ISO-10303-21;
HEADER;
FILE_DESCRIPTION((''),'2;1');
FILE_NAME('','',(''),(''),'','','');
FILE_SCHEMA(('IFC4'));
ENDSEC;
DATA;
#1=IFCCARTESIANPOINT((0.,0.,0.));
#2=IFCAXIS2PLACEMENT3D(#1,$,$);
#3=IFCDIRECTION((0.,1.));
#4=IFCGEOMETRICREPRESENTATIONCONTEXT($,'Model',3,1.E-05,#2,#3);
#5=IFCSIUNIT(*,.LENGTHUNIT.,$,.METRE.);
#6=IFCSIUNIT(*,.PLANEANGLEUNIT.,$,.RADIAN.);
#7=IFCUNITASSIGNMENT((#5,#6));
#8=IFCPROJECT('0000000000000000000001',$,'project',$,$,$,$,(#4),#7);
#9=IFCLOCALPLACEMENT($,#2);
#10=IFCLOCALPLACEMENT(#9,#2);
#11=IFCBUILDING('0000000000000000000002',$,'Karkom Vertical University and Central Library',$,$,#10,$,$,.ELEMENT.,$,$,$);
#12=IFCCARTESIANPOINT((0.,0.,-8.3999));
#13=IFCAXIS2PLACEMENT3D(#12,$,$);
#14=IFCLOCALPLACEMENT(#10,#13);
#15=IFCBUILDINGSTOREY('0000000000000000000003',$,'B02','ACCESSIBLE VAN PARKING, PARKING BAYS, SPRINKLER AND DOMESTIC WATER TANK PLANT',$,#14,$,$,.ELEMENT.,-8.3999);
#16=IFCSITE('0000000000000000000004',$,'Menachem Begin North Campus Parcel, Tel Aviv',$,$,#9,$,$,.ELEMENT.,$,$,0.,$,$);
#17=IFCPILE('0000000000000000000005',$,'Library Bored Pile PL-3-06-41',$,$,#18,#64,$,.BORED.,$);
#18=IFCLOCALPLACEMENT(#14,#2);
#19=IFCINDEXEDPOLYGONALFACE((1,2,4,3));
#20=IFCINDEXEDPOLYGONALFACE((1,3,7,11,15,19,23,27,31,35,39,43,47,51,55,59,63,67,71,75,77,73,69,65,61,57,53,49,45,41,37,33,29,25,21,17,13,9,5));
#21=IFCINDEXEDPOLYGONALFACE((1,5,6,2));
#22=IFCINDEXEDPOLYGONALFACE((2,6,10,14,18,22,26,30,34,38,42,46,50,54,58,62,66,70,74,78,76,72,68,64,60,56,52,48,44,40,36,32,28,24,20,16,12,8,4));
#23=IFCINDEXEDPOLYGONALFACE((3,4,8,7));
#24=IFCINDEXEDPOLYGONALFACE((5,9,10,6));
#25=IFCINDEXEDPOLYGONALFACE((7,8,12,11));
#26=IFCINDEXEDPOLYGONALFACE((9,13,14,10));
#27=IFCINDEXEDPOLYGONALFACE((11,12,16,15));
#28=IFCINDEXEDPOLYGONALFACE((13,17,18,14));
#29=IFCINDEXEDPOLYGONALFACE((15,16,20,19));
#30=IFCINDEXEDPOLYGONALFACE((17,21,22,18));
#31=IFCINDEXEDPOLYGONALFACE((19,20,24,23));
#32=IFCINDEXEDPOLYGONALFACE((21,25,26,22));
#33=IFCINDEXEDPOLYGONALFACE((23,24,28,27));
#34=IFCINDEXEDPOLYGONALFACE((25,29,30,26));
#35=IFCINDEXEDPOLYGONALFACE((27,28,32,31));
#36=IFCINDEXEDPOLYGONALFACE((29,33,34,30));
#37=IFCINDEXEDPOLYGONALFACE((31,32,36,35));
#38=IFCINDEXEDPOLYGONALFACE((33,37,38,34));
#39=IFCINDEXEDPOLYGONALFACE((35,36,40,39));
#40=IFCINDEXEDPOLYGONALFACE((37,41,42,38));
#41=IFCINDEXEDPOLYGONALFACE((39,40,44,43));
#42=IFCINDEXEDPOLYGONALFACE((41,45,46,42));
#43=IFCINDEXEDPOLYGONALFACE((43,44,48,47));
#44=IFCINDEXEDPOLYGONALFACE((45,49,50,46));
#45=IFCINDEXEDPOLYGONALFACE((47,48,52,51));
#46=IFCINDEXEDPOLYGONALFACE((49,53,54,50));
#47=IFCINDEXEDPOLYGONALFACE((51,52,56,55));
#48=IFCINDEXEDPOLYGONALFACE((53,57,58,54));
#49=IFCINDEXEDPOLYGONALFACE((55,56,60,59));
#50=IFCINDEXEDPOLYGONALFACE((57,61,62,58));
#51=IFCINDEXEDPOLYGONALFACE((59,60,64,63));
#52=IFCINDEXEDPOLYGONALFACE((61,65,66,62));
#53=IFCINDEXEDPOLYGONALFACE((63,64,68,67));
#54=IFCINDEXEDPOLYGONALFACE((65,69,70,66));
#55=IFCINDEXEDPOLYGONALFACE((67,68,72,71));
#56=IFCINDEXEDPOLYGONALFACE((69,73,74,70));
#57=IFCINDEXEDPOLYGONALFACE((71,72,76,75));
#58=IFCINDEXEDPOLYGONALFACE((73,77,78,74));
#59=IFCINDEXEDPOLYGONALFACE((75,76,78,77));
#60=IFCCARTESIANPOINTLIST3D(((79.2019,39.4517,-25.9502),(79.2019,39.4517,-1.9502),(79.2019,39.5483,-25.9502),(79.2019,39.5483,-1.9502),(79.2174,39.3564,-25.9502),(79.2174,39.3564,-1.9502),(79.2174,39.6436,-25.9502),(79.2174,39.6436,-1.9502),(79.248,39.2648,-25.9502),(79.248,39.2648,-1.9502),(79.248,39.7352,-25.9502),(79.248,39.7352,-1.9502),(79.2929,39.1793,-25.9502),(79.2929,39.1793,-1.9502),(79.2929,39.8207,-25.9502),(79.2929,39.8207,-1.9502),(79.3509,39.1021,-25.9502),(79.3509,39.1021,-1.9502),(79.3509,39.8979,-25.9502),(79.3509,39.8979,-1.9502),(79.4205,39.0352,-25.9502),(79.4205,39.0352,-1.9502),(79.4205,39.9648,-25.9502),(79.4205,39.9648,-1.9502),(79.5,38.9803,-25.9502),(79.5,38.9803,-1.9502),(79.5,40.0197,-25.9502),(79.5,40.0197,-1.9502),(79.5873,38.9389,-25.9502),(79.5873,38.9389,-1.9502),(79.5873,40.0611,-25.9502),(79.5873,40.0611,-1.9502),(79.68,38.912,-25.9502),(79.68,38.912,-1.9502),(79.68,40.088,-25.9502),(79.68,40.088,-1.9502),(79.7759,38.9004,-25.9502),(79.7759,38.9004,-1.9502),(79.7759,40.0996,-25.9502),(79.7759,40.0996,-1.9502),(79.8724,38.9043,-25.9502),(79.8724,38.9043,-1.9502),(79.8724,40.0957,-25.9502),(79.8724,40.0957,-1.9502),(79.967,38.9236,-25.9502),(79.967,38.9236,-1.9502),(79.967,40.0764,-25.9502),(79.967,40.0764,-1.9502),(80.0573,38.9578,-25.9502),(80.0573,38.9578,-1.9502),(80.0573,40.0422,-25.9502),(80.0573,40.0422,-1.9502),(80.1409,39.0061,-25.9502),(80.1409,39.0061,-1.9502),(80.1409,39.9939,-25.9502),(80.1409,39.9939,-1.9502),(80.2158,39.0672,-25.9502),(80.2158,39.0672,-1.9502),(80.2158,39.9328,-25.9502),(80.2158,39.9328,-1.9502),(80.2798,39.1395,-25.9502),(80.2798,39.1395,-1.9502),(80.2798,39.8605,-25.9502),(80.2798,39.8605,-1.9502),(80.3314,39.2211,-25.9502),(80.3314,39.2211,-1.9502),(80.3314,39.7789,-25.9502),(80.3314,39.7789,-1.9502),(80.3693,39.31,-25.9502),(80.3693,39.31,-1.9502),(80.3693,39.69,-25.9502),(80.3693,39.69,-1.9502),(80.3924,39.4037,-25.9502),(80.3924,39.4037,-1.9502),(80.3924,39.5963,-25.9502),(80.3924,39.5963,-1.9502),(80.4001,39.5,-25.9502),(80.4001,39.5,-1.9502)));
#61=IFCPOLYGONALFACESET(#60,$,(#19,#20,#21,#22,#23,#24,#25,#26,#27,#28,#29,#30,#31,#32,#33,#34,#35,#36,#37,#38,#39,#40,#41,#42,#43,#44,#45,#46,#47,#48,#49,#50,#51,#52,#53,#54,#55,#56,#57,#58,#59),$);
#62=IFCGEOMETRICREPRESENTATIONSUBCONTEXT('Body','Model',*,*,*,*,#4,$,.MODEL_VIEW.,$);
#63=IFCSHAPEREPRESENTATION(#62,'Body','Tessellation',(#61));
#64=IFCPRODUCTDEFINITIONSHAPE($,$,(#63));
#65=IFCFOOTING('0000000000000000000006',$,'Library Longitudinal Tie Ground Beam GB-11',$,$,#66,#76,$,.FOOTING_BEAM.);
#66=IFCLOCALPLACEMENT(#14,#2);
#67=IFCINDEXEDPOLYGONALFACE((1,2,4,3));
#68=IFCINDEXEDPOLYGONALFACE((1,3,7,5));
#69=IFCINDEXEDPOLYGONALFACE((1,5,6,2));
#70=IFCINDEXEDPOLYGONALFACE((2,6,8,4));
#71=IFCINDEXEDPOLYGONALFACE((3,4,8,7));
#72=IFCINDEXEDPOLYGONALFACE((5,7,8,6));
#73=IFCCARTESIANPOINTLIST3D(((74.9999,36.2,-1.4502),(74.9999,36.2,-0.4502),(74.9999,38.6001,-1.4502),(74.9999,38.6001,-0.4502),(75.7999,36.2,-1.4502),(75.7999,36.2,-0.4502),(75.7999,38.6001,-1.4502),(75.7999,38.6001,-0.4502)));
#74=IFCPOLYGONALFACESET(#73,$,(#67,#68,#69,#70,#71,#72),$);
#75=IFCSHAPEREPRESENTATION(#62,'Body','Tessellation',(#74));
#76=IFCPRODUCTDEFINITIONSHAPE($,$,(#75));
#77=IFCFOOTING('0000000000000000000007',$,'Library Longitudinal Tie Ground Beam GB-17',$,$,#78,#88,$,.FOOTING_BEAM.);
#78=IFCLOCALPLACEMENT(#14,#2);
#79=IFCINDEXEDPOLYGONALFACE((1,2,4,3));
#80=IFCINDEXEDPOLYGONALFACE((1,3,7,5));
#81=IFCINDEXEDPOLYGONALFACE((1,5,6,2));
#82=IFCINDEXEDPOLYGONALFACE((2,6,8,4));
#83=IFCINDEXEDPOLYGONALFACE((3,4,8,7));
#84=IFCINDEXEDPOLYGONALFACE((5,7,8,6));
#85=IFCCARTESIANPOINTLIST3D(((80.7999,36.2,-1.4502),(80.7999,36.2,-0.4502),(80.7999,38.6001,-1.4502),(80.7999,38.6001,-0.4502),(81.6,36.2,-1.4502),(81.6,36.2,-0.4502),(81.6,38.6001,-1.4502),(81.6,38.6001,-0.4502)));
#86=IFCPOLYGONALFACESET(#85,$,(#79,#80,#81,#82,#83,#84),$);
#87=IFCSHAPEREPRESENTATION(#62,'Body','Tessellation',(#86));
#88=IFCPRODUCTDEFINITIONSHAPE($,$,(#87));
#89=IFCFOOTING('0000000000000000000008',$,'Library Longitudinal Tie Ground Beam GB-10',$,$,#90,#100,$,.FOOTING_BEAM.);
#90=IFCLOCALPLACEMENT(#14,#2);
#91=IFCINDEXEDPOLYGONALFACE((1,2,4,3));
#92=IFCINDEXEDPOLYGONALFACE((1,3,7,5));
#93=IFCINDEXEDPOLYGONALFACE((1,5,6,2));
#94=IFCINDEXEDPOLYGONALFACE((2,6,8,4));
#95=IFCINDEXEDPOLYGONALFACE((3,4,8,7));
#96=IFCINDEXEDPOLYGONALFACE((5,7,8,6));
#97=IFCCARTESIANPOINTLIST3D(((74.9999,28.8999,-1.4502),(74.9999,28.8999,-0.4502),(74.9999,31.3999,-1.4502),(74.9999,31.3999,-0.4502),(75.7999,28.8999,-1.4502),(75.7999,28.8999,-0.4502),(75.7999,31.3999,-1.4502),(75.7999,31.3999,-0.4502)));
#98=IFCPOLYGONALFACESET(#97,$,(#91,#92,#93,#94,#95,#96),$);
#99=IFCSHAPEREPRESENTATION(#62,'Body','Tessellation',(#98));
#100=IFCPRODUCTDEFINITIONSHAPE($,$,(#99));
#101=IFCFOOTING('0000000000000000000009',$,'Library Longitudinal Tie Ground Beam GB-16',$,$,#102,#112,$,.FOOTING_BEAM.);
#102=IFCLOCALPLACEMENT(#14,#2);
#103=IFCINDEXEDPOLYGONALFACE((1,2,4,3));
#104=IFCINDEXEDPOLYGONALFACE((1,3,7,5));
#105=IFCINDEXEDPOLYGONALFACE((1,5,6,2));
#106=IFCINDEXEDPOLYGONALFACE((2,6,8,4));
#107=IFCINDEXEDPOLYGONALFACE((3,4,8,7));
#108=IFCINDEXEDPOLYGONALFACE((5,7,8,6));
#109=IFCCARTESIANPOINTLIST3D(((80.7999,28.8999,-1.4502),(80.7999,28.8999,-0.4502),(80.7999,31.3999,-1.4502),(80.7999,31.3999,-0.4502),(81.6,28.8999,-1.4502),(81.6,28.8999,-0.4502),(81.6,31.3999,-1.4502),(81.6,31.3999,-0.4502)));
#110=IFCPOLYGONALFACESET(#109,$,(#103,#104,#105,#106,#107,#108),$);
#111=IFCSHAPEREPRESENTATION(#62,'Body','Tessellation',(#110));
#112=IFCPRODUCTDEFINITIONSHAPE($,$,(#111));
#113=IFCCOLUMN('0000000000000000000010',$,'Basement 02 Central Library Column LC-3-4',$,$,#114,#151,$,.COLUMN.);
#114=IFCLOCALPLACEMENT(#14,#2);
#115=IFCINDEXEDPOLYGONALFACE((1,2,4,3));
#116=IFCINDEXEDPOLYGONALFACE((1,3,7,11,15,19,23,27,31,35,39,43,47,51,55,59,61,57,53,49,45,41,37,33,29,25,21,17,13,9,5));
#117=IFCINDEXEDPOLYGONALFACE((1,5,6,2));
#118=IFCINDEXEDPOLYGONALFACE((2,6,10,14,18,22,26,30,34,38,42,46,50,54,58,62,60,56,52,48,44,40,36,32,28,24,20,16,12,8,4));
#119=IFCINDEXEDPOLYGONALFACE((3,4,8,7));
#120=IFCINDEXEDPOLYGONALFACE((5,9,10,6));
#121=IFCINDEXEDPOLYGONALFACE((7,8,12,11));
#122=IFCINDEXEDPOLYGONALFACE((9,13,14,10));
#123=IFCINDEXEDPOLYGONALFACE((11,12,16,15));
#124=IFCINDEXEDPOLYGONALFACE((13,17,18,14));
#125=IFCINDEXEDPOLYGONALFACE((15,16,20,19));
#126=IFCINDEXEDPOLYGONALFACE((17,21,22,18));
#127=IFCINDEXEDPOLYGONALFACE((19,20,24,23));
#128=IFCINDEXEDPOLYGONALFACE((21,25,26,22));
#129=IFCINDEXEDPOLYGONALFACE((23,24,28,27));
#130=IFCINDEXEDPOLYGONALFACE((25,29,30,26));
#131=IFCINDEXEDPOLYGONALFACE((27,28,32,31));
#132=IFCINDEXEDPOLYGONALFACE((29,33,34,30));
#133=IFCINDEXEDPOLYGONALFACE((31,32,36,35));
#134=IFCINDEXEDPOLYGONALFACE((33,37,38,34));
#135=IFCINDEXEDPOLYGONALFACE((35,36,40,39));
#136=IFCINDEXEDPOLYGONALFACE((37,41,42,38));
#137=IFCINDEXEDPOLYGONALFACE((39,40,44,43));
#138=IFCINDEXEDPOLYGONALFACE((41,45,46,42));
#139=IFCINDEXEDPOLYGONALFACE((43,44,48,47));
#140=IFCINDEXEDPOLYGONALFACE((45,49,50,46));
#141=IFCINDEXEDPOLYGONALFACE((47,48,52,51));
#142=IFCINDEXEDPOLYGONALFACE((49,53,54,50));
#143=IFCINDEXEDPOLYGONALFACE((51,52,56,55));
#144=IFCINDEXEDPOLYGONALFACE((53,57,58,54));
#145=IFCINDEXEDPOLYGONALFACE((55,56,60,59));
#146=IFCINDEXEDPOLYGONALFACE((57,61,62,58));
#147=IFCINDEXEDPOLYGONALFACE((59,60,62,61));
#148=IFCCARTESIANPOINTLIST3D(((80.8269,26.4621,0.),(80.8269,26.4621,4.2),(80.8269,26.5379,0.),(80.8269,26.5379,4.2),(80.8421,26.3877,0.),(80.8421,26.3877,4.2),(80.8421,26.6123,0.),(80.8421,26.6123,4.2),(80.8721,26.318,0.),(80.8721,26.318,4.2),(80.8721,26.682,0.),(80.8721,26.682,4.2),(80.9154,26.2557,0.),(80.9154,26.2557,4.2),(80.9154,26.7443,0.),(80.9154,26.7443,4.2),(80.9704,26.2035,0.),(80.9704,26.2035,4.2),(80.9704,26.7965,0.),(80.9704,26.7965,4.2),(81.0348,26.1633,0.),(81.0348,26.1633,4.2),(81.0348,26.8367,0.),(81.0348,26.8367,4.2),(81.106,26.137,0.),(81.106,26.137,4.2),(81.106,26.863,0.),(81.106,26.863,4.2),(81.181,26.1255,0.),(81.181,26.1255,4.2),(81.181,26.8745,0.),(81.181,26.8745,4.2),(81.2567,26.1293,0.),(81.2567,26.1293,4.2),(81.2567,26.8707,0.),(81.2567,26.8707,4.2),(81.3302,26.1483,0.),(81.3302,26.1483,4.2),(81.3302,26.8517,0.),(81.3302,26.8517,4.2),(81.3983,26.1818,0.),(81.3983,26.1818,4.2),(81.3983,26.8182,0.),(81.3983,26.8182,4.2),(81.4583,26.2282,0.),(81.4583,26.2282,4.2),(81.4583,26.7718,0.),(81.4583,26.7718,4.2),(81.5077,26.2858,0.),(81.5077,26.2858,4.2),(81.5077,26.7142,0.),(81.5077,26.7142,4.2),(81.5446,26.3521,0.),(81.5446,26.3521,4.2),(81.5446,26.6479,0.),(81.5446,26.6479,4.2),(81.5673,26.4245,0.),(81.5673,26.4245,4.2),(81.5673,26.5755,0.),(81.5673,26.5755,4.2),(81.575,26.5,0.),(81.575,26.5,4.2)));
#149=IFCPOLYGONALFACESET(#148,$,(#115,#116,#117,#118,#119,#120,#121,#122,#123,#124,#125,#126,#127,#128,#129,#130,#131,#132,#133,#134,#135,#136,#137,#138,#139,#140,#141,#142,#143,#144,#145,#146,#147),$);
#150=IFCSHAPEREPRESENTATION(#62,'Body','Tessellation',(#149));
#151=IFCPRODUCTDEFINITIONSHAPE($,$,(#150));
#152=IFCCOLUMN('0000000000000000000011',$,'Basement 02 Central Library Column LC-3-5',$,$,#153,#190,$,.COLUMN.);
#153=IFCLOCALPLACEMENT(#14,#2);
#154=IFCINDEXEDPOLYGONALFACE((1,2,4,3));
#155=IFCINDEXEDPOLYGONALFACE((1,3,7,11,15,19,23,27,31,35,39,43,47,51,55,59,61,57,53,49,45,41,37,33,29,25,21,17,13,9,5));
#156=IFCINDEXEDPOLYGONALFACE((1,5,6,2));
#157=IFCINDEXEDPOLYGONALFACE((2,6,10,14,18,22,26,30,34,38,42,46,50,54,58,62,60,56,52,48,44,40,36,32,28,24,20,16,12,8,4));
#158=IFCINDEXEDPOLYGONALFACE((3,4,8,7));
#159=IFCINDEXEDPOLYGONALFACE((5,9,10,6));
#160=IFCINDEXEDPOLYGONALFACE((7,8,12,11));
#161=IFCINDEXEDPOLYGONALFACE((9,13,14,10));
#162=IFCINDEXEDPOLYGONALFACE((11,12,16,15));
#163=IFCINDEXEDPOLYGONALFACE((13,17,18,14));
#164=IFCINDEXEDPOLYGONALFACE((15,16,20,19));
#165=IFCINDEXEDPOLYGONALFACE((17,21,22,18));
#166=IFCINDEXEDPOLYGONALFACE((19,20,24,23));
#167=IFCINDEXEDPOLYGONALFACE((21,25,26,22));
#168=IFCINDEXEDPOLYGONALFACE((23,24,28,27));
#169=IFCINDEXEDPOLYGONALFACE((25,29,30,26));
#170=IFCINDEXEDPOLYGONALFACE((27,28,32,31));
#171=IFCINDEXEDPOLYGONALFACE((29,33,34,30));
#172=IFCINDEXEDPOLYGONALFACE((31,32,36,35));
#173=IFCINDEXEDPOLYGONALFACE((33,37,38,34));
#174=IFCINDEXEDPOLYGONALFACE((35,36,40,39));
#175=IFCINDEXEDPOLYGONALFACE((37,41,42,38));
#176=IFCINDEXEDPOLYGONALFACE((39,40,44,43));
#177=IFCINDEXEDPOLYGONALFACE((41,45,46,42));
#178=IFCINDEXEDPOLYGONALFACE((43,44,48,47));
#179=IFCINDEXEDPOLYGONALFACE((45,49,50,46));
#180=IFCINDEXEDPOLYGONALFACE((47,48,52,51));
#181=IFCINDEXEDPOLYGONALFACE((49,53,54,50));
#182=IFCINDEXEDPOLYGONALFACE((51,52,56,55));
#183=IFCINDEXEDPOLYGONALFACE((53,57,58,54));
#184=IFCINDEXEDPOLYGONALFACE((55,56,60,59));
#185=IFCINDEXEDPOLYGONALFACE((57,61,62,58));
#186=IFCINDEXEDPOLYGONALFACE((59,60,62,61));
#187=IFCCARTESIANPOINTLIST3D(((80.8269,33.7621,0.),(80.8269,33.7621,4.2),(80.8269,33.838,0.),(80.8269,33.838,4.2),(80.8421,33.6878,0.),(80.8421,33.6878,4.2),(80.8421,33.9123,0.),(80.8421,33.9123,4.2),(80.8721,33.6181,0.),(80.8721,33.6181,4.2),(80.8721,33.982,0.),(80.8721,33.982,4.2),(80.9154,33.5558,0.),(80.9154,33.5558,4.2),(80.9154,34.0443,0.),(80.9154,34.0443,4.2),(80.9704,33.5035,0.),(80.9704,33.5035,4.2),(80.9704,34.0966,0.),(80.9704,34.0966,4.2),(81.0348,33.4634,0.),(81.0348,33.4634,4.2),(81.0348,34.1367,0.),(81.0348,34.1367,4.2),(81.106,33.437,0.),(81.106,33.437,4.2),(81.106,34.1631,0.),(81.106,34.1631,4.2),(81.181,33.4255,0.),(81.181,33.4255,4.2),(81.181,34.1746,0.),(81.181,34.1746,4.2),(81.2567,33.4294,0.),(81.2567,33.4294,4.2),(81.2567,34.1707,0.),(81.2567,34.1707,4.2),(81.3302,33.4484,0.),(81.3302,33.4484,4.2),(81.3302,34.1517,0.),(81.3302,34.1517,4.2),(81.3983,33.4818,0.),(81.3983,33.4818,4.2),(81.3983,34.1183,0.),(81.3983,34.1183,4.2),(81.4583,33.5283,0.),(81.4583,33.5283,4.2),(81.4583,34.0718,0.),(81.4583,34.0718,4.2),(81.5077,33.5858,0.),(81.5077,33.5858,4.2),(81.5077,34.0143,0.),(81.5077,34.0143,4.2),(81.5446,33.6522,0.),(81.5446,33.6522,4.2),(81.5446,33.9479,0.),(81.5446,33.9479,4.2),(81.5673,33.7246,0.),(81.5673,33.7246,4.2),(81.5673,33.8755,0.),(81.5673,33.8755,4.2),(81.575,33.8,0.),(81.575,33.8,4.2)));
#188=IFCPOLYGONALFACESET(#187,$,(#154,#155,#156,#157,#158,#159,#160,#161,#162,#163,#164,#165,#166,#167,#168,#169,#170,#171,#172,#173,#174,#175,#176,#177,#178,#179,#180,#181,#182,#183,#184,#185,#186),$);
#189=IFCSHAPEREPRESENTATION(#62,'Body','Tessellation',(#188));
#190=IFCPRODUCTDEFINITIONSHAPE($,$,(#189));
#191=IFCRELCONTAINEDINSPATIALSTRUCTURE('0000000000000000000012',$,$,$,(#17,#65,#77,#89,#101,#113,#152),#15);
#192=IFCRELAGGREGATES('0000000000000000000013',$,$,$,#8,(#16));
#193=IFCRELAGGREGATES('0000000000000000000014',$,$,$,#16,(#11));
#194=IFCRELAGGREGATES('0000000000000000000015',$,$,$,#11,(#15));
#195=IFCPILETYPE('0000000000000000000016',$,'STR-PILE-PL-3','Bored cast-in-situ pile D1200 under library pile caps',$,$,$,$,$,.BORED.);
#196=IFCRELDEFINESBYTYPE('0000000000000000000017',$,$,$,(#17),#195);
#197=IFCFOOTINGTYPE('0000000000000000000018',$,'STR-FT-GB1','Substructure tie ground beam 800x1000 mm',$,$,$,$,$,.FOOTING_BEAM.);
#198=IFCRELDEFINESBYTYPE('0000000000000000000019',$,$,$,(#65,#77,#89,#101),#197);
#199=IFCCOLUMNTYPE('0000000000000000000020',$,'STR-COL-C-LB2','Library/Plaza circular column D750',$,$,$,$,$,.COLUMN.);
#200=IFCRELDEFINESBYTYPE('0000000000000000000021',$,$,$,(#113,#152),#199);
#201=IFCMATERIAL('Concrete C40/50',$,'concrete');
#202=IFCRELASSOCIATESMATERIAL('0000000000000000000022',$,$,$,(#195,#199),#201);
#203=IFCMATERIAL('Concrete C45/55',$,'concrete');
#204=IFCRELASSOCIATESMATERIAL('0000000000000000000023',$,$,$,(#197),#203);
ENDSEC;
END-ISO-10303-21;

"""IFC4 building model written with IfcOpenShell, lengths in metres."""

from ifc_helpers import new_model, si_unit, direction, frame, origin, origin_with_axes, origin_2d, place, context, subcontext, project, spatial, rectangle, circle, extrude, source, transform, mapped, material, material_profile, profile_set, type_object, element, save


model = new_model("IFC4")

# Units and contexts
model_context = context("Model", 3, precision=1e-05, world=origin(), true_north=direction((0.0, 1.0)))
body_context = subcontext(model_context, "Body", "Model", "MODEL_VIEW")
ifc_project = project(units=[si_unit("LENGTHUNIT", "METRE"), si_unit("PLANEANGLEUNIT", "RADIAN")], contexts=[model_context])

# Site, building, storey
site_placement = place(None, origin())
site = spatial("IfcSite", under=ifc_project, at=site_placement, Name="Menachem Begin North Campus Parcel, Tel Aviv", CompositionType="ELEMENT", RefElevation=0.0)
building_placement = place(site_placement, origin())
building = spatial("IfcBuilding", under=site, at=building_placement, Name="Karkom Vertical University and Central Library", CompositionType="ELEMENT")
storey_placement = place(building_placement, frame((0.0, 0.0, -8.3999)))
storey = spatial("IfcBuildingStorey", under=building, at=storey_placement, Name="B02", Description="ACCESSIBLE VAN PARKING, PARKING BAYS, SPRINKLER AND DOMESTIC WATER TANK PLANT", CompositionType="ELEMENT", Elevation=-8.3999)

# Pile
ifc_material_1 = material(Name="Concrete C40/50", Category="concrete")
ifc_material_profile_1 = material_profile(ifc_material_1, circle(Radius=0.6001, at=origin_2d()), Name="PILE-D1200")
ifc_profile_set_1 = profile_set([ifc_material_profile_1], Name="Concrete C40/50")
pile_type = type_object("IfcPileType", Name="STR-PILE-PL-3", Description="Bored cast-in-situ pile D1200 under library pile caps", PredefinedType="BORED", material=ifc_profile_set_1)
shared_shape_1 = source(origin_with_axes(), body_context, "Body", "SweptSolid", [
    extrude(circle(Radius=0.6001, at=origin_2d()), origin(), (0.0, 0.0, 1.0), 24.0),
])
for number, where, z_axis, x_axis, name in (
    (1, (79.8, 39.5, -1.9502), (0.0, 0.0, -1.0), (1.0, 0.0, 0.0), "Library Bored Pile PL-3-06-41"),
):
    element("IfcPile", number, at=place(storey_placement, frame(where, z_axis=z_axis, x_axis=x_axis)), inside=storey, type_object=pile_type, Name=name, PredefinedType="BORED", context=body_context, shape_type="MappedRepresentation", body=[
        mapped(shared_shape_1, transform((0.0, 0.0, 0.0), scale=1.0)),
    ])

# Footings
ifc_material_2 = material(Name="Concrete C45/55", Category="concrete")
ifc_material_profile_2 = material_profile(ifc_material_2, rectangle(XDim=0.8, YDim=1.0, at=origin_2d()), Name="GB-800x1000")
ifc_profile_set_2 = profile_set([ifc_material_profile_2], Name="Concrete C45/55")
footing_type = type_object("IfcFootingType", Name="STR-FT-GB1", Description="Substructure tie ground beam 800x1000 mm", PredefinedType="FOOTING_BEAM", material=ifc_profile_set_2)
shared_shape_2 = source(origin_with_axes(), body_context, "Body", "SweptSolid", [
    extrude(rectangle(XDim=0.8, YDim=1.0, at=origin_2d()), origin(), (0.0, 0.0, 1.0), 2.4001),
])
for number, where, z_axis, x_axis, name in (
    (2, (75.3999, 36.2, -0.9502), (0.0, 1.0, 0.0), (-1.0, 0.0, 0.0), "Library Longitudinal Tie Ground Beam GB-11"),
    (3, (81.2, 36.2, -0.9502), (0.0, 1.0, 0.0), (-1.0, 0.0, 0.0), "Library Longitudinal Tie Ground Beam GB-17"),
):
    element("IfcFooting", number, at=place(storey_placement, frame(where, z_axis=z_axis, x_axis=x_axis)), inside=storey, type_object=footing_type, Name=name, PredefinedType="FOOTING_BEAM", context=body_context, shape_type="MappedRepresentation", body=[
        mapped(shared_shape_2, transform((0.0, 0.0, 0.0), scale=1.0)),
    ])
shared_shape_3 = source(origin_with_axes(), body_context, "Body", "SweptSolid", [
    extrude(rectangle(XDim=0.8, YDim=1.0, at=origin_2d()), origin(), (0.0, 0.0, 1.0), 2.5),
])
for number, where, z_axis, x_axis, name in (
    (4, (75.3999, 28.8999, -0.9502), (0.0, 1.0, 0.0), (-1.0, 0.0, 0.0), "Library Longitudinal Tie Ground Beam GB-10"),
    (5, (81.2, 28.8999, -0.9502), (0.0, 1.0, 0.0), (-1.0, 0.0, 0.0), "Library Longitudinal Tie Ground Beam GB-16"),
):
    element("IfcFooting", number, at=place(storey_placement, frame(where, z_axis=z_axis, x_axis=x_axis)), inside=storey, type_object=footing_type, Name=name, PredefinedType="FOOTING_BEAM", context=body_context, shape_type="MappedRepresentation", body=[
        mapped(shared_shape_3, transform((0.0, 0.0, 0.0), scale=1.0)),
    ])

# Columns
ifc_material_profile_3 = material_profile(ifc_material_1, circle(Radius=0.375, at=origin_2d()), Name="RC-D750")
ifc_profile_set_3 = profile_set([ifc_material_profile_3], Name="Concrete C40/50")
column_type_1 = type_object("IfcColumnType", Name="STR-COL-C-LB2", Description="Library/Plaza circular column D750", PredefinedType="COLUMN", material=ifc_profile_set_3)
shared_shape_4 = source(origin_with_axes(), body_context, "Body", "SweptSolid", [
    extrude(circle(Radius=0.375, at=origin_2d()), origin(), (0.0, 0.0, 1.0), 4.2),
])
for number, where, z_axis, x_axis, name in (
    (6, (81.2, 26.5, 0.0), (0.0, 0.0, 1.0), (1.0, 0.0, 0.0), "Basement 02 Central Library Column LC-3-4"),
    (7, (81.2, 33.8, 0.0), (0.0, 0.0, 1.0), (1.0, 0.0, 0.0), "Basement 02 Central Library Column LC-3-5"),
):
    element("IfcColumn", number, at=place(storey_placement, frame(where, z_axis=z_axis, x_axis=x_axis)), inside=storey, type_object=column_type_1, Name=name, PredefinedType="COLUMN", context=body_context, shape_type="MappedRepresentation", body=[
        mapped(shared_shape_4, transform((0.0, 0.0, 0.0), scale=1.0)),
    ])

save(model, "model.ifc")
